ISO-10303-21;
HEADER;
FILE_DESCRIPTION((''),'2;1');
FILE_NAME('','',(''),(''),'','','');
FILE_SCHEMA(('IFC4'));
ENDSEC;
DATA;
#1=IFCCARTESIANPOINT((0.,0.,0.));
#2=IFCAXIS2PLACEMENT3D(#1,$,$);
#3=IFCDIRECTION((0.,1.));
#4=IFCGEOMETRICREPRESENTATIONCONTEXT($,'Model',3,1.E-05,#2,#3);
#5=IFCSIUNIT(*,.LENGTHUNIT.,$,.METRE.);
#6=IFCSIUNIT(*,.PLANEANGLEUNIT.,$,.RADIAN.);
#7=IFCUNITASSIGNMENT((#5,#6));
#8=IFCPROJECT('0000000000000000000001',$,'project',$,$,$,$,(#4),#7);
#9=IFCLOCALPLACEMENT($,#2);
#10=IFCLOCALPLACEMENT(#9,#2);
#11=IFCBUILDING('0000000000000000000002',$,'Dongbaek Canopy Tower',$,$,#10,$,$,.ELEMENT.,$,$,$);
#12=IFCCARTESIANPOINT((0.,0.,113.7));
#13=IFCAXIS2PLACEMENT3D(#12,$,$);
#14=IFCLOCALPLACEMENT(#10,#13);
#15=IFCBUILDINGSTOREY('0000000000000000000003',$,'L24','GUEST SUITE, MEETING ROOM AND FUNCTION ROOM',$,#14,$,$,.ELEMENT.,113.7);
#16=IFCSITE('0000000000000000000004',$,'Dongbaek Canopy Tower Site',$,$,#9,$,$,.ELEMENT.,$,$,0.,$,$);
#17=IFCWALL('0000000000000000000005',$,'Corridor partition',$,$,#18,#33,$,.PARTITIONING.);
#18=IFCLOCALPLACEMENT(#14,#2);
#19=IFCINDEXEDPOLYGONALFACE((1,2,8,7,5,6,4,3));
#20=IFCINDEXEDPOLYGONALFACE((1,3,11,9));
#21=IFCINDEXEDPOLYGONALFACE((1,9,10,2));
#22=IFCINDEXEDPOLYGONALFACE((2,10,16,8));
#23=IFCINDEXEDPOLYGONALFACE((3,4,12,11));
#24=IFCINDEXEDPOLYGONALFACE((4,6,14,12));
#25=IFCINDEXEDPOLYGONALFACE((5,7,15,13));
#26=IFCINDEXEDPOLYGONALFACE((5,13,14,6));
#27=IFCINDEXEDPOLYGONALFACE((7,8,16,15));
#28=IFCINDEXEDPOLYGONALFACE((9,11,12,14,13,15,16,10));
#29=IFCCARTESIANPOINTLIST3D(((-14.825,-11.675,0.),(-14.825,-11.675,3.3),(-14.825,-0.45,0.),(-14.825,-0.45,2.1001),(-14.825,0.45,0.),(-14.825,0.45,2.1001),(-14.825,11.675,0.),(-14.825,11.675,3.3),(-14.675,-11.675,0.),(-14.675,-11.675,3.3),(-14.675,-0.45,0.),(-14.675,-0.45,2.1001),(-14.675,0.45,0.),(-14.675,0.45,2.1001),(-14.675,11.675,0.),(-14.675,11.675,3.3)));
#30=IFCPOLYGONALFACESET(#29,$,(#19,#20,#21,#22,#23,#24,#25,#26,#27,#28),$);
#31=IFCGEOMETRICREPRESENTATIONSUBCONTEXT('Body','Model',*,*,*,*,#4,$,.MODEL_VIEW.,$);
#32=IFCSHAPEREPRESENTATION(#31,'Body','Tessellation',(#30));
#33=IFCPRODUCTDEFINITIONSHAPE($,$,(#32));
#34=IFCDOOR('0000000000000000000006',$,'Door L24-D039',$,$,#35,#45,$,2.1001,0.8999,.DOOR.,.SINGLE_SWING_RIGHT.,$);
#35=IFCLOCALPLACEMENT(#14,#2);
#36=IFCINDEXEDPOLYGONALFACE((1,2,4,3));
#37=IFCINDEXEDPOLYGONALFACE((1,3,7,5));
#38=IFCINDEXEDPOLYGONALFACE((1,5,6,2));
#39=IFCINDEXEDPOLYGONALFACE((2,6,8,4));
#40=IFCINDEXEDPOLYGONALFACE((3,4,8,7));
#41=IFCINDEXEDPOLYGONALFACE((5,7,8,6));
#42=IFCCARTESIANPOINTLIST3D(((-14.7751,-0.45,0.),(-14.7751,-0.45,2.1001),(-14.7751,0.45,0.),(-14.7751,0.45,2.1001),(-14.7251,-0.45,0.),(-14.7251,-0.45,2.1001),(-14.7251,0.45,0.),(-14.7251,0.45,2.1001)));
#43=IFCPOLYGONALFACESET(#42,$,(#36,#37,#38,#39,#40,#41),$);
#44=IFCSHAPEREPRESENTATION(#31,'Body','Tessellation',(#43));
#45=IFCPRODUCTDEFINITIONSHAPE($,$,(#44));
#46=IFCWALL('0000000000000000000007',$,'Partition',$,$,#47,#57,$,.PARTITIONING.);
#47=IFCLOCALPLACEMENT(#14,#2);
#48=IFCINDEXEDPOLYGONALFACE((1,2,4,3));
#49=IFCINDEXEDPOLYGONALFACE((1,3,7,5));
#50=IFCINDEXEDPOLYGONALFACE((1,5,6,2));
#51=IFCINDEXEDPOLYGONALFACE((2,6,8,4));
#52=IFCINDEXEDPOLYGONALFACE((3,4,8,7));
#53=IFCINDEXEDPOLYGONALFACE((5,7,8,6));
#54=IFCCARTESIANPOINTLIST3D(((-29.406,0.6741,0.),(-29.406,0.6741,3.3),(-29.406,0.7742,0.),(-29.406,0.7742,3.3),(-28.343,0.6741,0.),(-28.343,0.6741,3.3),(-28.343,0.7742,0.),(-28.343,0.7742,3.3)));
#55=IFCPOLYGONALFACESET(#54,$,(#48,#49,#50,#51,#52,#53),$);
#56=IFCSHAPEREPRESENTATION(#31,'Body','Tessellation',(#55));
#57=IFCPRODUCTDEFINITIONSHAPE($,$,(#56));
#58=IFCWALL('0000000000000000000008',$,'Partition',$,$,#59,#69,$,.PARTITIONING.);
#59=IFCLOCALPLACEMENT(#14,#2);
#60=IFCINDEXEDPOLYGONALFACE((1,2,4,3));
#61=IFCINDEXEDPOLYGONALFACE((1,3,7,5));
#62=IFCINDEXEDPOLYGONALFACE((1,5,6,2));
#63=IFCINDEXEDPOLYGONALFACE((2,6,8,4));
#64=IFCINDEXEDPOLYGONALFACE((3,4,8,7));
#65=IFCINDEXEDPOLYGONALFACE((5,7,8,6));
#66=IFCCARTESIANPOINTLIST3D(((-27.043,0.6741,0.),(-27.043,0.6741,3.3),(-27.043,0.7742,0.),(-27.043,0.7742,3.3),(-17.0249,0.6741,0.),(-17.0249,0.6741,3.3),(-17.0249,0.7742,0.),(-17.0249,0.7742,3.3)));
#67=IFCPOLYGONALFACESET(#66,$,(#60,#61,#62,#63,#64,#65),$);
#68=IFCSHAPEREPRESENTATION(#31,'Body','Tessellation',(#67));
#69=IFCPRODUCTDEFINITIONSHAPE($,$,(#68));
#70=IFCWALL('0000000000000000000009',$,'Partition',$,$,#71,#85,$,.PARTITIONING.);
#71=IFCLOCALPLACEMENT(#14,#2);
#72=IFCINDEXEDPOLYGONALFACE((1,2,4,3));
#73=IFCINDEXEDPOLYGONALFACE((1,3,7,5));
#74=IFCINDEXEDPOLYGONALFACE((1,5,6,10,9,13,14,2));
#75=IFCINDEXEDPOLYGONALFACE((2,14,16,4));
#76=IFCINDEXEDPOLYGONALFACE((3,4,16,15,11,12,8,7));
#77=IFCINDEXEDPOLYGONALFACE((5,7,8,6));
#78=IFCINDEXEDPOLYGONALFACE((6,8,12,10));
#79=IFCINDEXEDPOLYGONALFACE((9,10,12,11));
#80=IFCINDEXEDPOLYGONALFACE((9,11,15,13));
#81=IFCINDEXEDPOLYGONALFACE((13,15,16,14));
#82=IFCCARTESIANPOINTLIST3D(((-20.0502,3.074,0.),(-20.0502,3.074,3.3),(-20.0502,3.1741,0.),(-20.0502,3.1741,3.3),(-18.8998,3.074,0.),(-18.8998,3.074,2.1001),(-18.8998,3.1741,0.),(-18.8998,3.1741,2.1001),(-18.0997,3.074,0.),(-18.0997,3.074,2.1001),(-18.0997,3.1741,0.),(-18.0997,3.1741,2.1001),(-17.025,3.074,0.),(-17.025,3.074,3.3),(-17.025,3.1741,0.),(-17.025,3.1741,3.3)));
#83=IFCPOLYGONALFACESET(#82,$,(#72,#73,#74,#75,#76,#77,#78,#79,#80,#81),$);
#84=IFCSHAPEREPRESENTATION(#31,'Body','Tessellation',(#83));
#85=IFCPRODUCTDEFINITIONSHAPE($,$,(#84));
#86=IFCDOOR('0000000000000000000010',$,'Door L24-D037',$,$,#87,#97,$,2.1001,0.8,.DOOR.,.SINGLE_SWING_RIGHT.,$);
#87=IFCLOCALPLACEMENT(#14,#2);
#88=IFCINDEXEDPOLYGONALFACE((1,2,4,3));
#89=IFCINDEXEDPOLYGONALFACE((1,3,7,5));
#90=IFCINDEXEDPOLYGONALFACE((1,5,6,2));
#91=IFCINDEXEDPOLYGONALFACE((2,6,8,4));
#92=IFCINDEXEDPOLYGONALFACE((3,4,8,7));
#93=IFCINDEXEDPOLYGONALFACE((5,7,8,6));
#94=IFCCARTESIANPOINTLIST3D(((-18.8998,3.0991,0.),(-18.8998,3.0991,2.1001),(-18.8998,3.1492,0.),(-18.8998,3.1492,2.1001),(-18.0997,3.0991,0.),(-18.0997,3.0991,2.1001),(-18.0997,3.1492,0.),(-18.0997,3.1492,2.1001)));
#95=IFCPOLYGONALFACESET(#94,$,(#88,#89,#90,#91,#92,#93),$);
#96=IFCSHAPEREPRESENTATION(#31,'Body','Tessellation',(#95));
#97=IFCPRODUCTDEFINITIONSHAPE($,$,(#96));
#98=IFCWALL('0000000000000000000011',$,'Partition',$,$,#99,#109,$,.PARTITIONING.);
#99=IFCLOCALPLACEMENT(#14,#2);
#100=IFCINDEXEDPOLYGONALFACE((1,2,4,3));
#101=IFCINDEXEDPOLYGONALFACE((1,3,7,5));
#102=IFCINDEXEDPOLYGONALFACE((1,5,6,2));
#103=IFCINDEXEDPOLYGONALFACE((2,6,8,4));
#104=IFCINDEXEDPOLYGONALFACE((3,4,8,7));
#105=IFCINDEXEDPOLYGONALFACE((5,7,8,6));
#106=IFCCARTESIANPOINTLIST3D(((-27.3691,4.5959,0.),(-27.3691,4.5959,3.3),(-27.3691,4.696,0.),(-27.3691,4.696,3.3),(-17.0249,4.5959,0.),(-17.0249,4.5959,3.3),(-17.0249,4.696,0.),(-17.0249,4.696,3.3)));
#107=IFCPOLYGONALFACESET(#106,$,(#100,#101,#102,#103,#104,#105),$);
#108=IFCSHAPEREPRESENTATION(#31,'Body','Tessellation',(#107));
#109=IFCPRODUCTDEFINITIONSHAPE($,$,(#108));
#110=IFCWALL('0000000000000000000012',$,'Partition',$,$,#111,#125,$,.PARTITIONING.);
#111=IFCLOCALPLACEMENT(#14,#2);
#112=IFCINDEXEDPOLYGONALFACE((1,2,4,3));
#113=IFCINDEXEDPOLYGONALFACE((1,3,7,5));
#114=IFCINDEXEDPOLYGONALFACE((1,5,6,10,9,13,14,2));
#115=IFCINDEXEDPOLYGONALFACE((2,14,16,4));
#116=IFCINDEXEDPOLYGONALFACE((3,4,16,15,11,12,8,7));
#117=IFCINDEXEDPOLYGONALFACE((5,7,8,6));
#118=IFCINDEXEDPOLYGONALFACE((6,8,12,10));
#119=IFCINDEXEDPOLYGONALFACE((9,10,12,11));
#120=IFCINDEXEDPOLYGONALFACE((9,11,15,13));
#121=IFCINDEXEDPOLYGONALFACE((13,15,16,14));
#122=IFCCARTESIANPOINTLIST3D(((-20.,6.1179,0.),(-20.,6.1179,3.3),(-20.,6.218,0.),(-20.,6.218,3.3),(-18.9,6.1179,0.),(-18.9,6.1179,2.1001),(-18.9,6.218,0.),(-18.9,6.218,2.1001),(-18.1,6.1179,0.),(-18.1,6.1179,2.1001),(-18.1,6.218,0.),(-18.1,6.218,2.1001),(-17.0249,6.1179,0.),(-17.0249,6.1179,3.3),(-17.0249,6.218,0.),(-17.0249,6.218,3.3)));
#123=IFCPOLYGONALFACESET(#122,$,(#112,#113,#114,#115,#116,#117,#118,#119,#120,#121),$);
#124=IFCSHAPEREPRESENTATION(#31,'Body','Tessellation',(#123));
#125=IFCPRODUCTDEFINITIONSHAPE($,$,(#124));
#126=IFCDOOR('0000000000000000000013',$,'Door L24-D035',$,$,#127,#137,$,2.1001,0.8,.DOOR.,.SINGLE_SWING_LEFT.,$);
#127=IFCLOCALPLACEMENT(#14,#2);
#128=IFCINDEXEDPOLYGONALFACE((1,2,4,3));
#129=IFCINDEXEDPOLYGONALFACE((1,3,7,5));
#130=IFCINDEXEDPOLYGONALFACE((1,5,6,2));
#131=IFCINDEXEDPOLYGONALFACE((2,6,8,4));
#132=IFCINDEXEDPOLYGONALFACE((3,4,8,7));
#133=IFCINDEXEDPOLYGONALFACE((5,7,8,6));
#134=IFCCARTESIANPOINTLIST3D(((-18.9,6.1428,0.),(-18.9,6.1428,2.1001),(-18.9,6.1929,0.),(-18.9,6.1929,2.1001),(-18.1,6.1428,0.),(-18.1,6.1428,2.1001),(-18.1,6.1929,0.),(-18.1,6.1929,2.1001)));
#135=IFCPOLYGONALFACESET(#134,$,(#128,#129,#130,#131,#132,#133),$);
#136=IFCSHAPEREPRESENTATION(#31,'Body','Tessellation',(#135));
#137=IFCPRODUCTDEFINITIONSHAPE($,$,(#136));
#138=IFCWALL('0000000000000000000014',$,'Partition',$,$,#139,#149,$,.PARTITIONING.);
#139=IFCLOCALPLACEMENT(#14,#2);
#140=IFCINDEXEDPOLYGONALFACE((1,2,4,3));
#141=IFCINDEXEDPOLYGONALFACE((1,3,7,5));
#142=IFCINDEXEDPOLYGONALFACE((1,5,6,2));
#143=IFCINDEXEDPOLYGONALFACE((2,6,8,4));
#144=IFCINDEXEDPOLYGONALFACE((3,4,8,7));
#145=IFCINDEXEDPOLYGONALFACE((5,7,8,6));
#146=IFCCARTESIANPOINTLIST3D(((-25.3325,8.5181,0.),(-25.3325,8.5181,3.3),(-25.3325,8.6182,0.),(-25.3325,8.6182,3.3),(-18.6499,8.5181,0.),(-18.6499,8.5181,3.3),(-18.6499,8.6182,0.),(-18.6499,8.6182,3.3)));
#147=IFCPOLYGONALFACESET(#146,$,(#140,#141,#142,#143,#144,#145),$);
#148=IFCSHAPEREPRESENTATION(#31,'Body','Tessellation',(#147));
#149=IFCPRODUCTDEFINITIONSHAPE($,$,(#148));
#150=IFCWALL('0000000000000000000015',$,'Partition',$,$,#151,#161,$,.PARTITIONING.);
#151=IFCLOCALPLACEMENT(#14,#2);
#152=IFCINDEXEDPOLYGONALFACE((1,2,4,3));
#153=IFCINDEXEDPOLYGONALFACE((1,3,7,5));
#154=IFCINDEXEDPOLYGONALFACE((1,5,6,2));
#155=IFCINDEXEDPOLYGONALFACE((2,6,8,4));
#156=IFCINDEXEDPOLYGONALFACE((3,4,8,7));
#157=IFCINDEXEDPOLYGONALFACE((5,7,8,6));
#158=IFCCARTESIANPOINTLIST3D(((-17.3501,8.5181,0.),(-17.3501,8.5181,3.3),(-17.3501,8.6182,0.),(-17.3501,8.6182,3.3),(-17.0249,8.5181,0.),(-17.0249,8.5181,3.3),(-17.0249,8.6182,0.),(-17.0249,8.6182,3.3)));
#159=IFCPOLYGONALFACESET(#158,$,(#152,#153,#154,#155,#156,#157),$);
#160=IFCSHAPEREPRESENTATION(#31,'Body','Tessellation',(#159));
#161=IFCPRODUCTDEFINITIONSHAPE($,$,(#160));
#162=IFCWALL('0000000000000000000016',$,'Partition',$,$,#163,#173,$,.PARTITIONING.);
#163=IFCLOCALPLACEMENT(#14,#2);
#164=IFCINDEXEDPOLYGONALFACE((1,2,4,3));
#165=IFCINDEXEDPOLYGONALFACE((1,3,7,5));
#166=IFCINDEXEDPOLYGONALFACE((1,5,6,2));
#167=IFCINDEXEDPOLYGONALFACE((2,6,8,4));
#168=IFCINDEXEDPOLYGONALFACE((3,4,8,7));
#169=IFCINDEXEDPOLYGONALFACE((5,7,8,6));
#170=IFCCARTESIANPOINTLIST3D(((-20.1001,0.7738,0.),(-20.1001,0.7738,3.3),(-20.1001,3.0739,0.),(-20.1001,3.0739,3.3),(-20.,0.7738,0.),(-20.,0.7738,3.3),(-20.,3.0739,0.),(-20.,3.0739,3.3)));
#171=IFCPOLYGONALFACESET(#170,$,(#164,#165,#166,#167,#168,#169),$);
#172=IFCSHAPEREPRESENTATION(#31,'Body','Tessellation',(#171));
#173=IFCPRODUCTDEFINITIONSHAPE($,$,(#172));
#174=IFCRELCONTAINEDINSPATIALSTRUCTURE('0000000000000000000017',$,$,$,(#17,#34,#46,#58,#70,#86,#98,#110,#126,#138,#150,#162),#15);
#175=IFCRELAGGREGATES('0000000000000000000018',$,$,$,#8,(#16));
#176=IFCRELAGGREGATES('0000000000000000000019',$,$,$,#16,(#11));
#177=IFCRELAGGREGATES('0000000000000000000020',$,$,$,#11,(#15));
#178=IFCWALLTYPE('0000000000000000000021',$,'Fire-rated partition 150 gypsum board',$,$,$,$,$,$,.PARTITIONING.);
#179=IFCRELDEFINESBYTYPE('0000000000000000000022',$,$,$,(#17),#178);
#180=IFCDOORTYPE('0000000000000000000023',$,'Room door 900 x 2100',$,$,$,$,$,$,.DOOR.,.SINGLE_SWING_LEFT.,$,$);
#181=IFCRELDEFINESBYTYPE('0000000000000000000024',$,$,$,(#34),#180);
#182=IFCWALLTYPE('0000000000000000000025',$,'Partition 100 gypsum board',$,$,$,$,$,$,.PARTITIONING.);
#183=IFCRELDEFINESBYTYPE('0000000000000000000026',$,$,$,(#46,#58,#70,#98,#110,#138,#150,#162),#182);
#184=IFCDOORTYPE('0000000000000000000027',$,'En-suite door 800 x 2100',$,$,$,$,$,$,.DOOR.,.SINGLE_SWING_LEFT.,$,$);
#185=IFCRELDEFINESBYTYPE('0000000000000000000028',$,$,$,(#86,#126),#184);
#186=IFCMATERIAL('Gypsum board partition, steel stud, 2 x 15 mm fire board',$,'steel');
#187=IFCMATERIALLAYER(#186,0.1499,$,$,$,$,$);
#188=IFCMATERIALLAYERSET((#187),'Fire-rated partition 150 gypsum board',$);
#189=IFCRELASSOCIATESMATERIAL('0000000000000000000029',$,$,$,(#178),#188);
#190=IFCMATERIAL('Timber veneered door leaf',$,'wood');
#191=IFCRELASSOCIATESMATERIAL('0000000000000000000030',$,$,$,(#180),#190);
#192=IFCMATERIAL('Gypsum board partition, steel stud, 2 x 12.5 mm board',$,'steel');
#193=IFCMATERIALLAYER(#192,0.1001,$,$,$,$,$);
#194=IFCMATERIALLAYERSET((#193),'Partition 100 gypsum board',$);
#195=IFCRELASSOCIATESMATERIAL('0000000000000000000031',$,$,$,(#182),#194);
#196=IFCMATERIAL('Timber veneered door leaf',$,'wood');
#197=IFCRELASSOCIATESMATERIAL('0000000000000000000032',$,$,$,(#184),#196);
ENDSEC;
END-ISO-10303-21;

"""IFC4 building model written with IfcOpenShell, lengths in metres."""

from ifc_helpers import new_model, si_unit, direction, frame, frame_2d, origin, place, context, subcontext, project, spatial, rectangle, extrude, material, layer, layer_set, type_object, element, fill, save


model = new_model("IFC4")

# Units and contexts
model_context = context("Model", 3, precision=1e-05, world=origin(), true_north=direction((0.0, 1.0)))
body_context = subcontext(model_context, "Body", "Model", "MODEL_VIEW")
ifc_project = project(units=[si_unit("LENGTHUNIT", "METRE"), si_unit("PLANEANGLEUNIT", "RADIAN")], contexts=[model_context])

# Site, building, storey
site_placement = place(None, origin())
site = spatial("IfcSite", under=ifc_project, at=site_placement, Name="Dongbaek Canopy Tower Site", CompositionType="ELEMENT", RefElevation=0.0)
building_placement = place(site_placement, origin())
building = spatial("IfcBuilding", under=site, at=building_placement, Name="Dongbaek Canopy Tower", CompositionType="ELEMENT")
storey_placement = place(building_placement, frame((0.0, 0.0, 113.7)))
storey = spatial("IfcBuildingStorey", under=building, at=storey_placement, Name="L24", Description="GUEST SUITE, MEETING ROOM AND FUNCTION ROOM", CompositionType="ELEMENT", Elevation=113.7)

# Wall, opening, door
ifc_material_1 = material(Name="Gypsum board partition, steel stud, 2 x 15 mm fire board", Category="steel")
ifc_layer_1 = layer(ifc_material_1, 0.1499)
ifc_layer_set_1 = layer_set([ifc_layer_1], Name="Fire-rated partition 150 gypsum board")
wall_type_1 = type_object("IfcWallType", Name="Fire-rated partition 150 gypsum board", PredefinedType="PARTITIONING", material=ifc_layer_set_1)
wall_1_placement = place(storey_placement, frame((-14.75, 11.675, 0.0), z_axis=(0.0, 0.0, 1.0), x_axis=(0.0, -1.0, 0.0)))
wall_1 = element("IfcWall", 1, at=wall_1_placement, inside=storey, type_object=wall_type_1, Name="Corridor partition", PredefinedType="PARTITIONING", context=body_context, shape_type="SweptSolid", body=[
    extrude(rectangle(XDim=23.3501, YDim=0.1499, at=frame_2d((11.675, 0.0))), origin(), (0.0, 0.0, 1.0), 3.3),
])
opening_1_placement = place(wall_1_placement, frame((11.2251, 0.0, 0.0)))
opening_1 = element("IfcOpeningElement", 2, at=opening_1_placement, cuts=wall_1, PredefinedType="OPENING", context=body_context, shape_type="SweptSolid", body=[
    extrude(rectangle(XDim=0.8999, YDim=2.1001, at=frame_2d((0.45, 1.05))), frame((0.0, 0.085, 0.0), z_axis=(0.0, -1.0, 0.0), x_axis=(1.0, 0.0, 0.0)), (0.0, 0.0, 1.0), 0.1699),
])
ifc_material_2 = material(Name="Timber veneered door leaf", Category="wood")
door_type_1 = type_object("IfcDoorType", Name="Room door 900 x 2100", OperationType="SINGLE_SWING_LEFT", PredefinedType="DOOR", material=ifc_material_2)
door_1_placement = place(opening_1_placement, origin())
door_1 = element("IfcDoor", 3, at=door_1_placement, inside=storey, type_object=door_type_1, Name="Door L24-D039", OperationType="SINGLE_SWING_RIGHT", OverallHeight=2.1001, OverallWidth=0.8999, PredefinedType="DOOR", context=body_context, shape_type="SweptSolid", body=[
    extrude(rectangle(XDim=0.8999, YDim=2.1001, at=frame_2d((0.45, 1.05))), frame((0.0, 0.0249, 0.0), z_axis=(0.0, -1.0, 0.0), x_axis=(1.0, 0.0, 0.0)), (0.0, 0.0, 1.0), 0.05),
])
fill(opening_1, door_1)

# Walls
ifc_material_3 = material(Name="Gypsum board partition, steel stud, 2 x 12.5 mm board", Category="steel")
ifc_layer_2 = layer(ifc_material_3, 0.1001)
ifc_layer_set_2 = layer_set([ifc_layer_2], Name="Partition 100 gypsum board")
wall_type_2 = type_object("IfcWallType", Name="Partition 100 gypsum board", PredefinedType="PARTITIONING", material=ifc_layer_set_2)
wall_2_placement = place(storey_placement, frame((-29.406, 0.7241, 0.0), z_axis=(0.0, 0.0, 1.0), x_axis=(1.0, 0.0, 0.0)))
element("IfcWall", 4, at=wall_2_placement, inside=storey, type_object=wall_type_2, Name="Partition", PredefinedType="PARTITIONING", context=body_context, shape_type="SweptSolid", body=[
    extrude(rectangle(XDim=1.063, YDim=0.1001, at=frame_2d((0.5315, 0.0))), origin(), (0.0, 0.0, 1.0), 3.3),
])
wall_3_placement = place(storey_placement, frame((-27.043, 0.7241, 0.0), z_axis=(0.0, 0.0, 1.0), x_axis=(1.0, 0.0, 0.0)))
element("IfcWall", 5, at=wall_3_placement, inside=storey, type_object=wall_type_2, Name="Partition", PredefinedType="PARTITIONING", context=body_context, shape_type="SweptSolid", body=[
    extrude(rectangle(XDim=10.0181, YDim=0.1001, at=frame_2d((5.009, 0.0))), origin(), (0.0, 0.0, 1.0), 3.3),
])

# Wall, opening, door
wall_4_placement = place(storey_placement, frame((-17.0249, 3.124, 0.0), z_axis=(0.0, 0.0, 1.0), x_axis=(-1.0, 0.0, 0.0)))
wall_4 = element("IfcWall", 6, at=wall_4_placement, inside=storey, type_object=wall_type_2, Name="Partition", PredefinedType="PARTITIONING", context=body_context, shape_type="SweptSolid", body=[
    extrude(rectangle(XDim=3.0251, YDim=0.1001, at=frame_2d((1.5127, 0.0))), origin(), (0.0, 0.0, 1.0), 3.3),
])
opening_2_placement = place(wall_4_placement, frame((1.075, 0.0, 0.0)))
opening_2 = element("IfcOpeningElement", 7, at=opening_2_placement, cuts=wall_4, PredefinedType="OPENING", context=body_context, shape_type="SweptSolid", body=[
    extrude(rectangle(XDim=0.8, YDim=2.1001, at=frame_2d((0.3999, 1.05))), frame((0.0, 0.0601, 0.0), z_axis=(0.0, -1.0, 0.0), x_axis=(1.0, 0.0, 0.0)), (0.0, 0.0, 1.0), 0.1201),
])
ifc_material_4 = material(Name="Timber veneered door leaf", Category="wood")
door_type_2 = type_object("IfcDoorType", Name="En-suite door 800 x 2100", OperationType="SINGLE_SWING_LEFT", PredefinedType="DOOR", material=ifc_material_4)
door_2_placement = place(opening_2_placement, origin())
door_2 = element("IfcDoor", 8, at=door_2_placement, inside=storey, type_object=door_type_2, Name="Door L24-D037", OperationType="SINGLE_SWING_RIGHT", OverallHeight=2.1001, OverallWidth=0.8, PredefinedType="DOOR", context=body_context, shape_type="SweptSolid", body=[
    extrude(rectangle(XDim=0.8, YDim=2.1001, at=frame_2d((0.3999, 1.05))), frame((0.0, 0.0249, 0.0), z_axis=(0.0, -1.0, 0.0), x_axis=(1.0, 0.0, 0.0)), (0.0, 0.0, 1.0), 0.05),
])
fill(opening_2, door_2)

# Wall
wall_5_placement = place(storey_placement, frame((-27.3691, 4.646, 0.0), z_axis=(0.0, 0.0, 1.0), x_axis=(1.0, 0.0, 0.0)))
element("IfcWall", 9, at=wall_5_placement, inside=storey, type_object=wall_type_2, Name="Partition", PredefinedType="PARTITIONING", context=body_context, shape_type="SweptSolid", body=[
    extrude(rectangle(XDim=10.3442, YDim=0.1001, at=frame_2d((5.1721, 0.0))), origin(), (0.0, 0.0, 1.0), 3.3),
])

# Wall, opening, door
wall_6_placement = place(storey_placement, frame((-20.0, 6.168, 0.0), z_axis=(0.0, 0.0, 1.0), x_axis=(1.0, 0.0, 0.0)))
wall_6 = element("IfcWall", 10, at=wall_6_placement, inside=storey, type_object=wall_type_2, Name="Partition", PredefinedType="PARTITIONING", context=body_context, shape_type="SweptSolid", body=[
    extrude(rectangle(XDim=2.9751, YDim=0.1001, at=frame_2d((1.4875, 0.0))), origin(), (0.0, 0.0, 1.0), 3.3),
])
opening_3_placement = place(wall_6_placement, frame((1.1001, 0.0, 0.0)))
opening_3 = element("IfcOpeningElement", 11, at=opening_3_placement, cuts=wall_6, PredefinedType="OPENING", context=body_context, shape_type="SweptSolid", body=[
    extrude(rectangle(XDim=0.8, YDim=2.1001, at=frame_2d((0.3999, 1.05))), frame((0.0, 0.0601, 0.0), z_axis=(0.0, -1.0, 0.0), x_axis=(1.0, 0.0, 0.0)), (0.0, 0.0, 1.0), 0.1201),
])
door_3_placement = place(opening_3_placement, origin())
door_3 = element("IfcDoor", 12, at=door_3_placement, inside=storey, type_object=door_type_2, Name="Door L24-D035", OperationType="SINGLE_SWING_LEFT", OverallHeight=2.1001, OverallWidth=0.8, PredefinedType="DOOR", context=body_context, shape_type="SweptSolid", body=[
    extrude(rectangle(XDim=0.8, YDim=2.1001, at=frame_2d((0.3999, 1.05))), frame((0.0, 0.0249, 0.0), z_axis=(0.0, -1.0, 0.0), x_axis=(1.0, 0.0, 0.0)), (0.0, 0.0, 1.0), 0.05),
])
fill(opening_3, door_3)

# Walls
wall_7_placement = place(storey_placement, frame((-25.3325, 8.5681, 0.0), z_axis=(0.0, 0.0, 1.0), x_axis=(1.0, 0.0, 0.0)))
element("IfcWall", 13, at=wall_7_placement, inside=storey, type_object=wall_type_2, Name="Partition", PredefinedType="PARTITIONING", context=body_context, shape_type="SweptSolid", body=[
    extrude(rectangle(XDim=6.6826, YDim=0.1001, at=frame_2d((3.3413, 0.0))), origin(), (0.0, 0.0, 1.0), 3.3),
])
wall_8_placement = place(storey_placement, frame((-17.3501, 8.5681, 0.0), z_axis=(0.0, 0.0, 1.0), x_axis=(1.0, 0.0, 0.0)))
element("IfcWall", 14, at=wall_8_placement, inside=storey, type_object=wall_type_2, Name="Partition", PredefinedType="PARTITIONING", context=body_context, shape_type="SweptSolid", body=[
    extrude(rectangle(XDim=0.3252, YDim=0.1001, at=frame_2d((0.1626, 0.0))), origin(), (0.0, 0.0, 1.0), 3.3),
])
wall_9_placement = place(storey_placement, frame((-20.05, 0.7739, 0.0), z_axis=(0.0, 0.0, 1.0), x_axis=(0.0, 1.0, 0.0)))
element("IfcWall", 15, at=wall_9_placement, inside=storey, type_object=wall_type_2, Name="Partition", PredefinedType="PARTITIONING", context=body_context, shape_type="SweptSolid", body=[
    extrude(rectangle(XDim=2.3, YDim=0.1001, at=frame_2d((1.1499, 0.0))), origin(), (0.0, 0.0, 1.0), 3.3),
])

save(model, "model.ifc")
